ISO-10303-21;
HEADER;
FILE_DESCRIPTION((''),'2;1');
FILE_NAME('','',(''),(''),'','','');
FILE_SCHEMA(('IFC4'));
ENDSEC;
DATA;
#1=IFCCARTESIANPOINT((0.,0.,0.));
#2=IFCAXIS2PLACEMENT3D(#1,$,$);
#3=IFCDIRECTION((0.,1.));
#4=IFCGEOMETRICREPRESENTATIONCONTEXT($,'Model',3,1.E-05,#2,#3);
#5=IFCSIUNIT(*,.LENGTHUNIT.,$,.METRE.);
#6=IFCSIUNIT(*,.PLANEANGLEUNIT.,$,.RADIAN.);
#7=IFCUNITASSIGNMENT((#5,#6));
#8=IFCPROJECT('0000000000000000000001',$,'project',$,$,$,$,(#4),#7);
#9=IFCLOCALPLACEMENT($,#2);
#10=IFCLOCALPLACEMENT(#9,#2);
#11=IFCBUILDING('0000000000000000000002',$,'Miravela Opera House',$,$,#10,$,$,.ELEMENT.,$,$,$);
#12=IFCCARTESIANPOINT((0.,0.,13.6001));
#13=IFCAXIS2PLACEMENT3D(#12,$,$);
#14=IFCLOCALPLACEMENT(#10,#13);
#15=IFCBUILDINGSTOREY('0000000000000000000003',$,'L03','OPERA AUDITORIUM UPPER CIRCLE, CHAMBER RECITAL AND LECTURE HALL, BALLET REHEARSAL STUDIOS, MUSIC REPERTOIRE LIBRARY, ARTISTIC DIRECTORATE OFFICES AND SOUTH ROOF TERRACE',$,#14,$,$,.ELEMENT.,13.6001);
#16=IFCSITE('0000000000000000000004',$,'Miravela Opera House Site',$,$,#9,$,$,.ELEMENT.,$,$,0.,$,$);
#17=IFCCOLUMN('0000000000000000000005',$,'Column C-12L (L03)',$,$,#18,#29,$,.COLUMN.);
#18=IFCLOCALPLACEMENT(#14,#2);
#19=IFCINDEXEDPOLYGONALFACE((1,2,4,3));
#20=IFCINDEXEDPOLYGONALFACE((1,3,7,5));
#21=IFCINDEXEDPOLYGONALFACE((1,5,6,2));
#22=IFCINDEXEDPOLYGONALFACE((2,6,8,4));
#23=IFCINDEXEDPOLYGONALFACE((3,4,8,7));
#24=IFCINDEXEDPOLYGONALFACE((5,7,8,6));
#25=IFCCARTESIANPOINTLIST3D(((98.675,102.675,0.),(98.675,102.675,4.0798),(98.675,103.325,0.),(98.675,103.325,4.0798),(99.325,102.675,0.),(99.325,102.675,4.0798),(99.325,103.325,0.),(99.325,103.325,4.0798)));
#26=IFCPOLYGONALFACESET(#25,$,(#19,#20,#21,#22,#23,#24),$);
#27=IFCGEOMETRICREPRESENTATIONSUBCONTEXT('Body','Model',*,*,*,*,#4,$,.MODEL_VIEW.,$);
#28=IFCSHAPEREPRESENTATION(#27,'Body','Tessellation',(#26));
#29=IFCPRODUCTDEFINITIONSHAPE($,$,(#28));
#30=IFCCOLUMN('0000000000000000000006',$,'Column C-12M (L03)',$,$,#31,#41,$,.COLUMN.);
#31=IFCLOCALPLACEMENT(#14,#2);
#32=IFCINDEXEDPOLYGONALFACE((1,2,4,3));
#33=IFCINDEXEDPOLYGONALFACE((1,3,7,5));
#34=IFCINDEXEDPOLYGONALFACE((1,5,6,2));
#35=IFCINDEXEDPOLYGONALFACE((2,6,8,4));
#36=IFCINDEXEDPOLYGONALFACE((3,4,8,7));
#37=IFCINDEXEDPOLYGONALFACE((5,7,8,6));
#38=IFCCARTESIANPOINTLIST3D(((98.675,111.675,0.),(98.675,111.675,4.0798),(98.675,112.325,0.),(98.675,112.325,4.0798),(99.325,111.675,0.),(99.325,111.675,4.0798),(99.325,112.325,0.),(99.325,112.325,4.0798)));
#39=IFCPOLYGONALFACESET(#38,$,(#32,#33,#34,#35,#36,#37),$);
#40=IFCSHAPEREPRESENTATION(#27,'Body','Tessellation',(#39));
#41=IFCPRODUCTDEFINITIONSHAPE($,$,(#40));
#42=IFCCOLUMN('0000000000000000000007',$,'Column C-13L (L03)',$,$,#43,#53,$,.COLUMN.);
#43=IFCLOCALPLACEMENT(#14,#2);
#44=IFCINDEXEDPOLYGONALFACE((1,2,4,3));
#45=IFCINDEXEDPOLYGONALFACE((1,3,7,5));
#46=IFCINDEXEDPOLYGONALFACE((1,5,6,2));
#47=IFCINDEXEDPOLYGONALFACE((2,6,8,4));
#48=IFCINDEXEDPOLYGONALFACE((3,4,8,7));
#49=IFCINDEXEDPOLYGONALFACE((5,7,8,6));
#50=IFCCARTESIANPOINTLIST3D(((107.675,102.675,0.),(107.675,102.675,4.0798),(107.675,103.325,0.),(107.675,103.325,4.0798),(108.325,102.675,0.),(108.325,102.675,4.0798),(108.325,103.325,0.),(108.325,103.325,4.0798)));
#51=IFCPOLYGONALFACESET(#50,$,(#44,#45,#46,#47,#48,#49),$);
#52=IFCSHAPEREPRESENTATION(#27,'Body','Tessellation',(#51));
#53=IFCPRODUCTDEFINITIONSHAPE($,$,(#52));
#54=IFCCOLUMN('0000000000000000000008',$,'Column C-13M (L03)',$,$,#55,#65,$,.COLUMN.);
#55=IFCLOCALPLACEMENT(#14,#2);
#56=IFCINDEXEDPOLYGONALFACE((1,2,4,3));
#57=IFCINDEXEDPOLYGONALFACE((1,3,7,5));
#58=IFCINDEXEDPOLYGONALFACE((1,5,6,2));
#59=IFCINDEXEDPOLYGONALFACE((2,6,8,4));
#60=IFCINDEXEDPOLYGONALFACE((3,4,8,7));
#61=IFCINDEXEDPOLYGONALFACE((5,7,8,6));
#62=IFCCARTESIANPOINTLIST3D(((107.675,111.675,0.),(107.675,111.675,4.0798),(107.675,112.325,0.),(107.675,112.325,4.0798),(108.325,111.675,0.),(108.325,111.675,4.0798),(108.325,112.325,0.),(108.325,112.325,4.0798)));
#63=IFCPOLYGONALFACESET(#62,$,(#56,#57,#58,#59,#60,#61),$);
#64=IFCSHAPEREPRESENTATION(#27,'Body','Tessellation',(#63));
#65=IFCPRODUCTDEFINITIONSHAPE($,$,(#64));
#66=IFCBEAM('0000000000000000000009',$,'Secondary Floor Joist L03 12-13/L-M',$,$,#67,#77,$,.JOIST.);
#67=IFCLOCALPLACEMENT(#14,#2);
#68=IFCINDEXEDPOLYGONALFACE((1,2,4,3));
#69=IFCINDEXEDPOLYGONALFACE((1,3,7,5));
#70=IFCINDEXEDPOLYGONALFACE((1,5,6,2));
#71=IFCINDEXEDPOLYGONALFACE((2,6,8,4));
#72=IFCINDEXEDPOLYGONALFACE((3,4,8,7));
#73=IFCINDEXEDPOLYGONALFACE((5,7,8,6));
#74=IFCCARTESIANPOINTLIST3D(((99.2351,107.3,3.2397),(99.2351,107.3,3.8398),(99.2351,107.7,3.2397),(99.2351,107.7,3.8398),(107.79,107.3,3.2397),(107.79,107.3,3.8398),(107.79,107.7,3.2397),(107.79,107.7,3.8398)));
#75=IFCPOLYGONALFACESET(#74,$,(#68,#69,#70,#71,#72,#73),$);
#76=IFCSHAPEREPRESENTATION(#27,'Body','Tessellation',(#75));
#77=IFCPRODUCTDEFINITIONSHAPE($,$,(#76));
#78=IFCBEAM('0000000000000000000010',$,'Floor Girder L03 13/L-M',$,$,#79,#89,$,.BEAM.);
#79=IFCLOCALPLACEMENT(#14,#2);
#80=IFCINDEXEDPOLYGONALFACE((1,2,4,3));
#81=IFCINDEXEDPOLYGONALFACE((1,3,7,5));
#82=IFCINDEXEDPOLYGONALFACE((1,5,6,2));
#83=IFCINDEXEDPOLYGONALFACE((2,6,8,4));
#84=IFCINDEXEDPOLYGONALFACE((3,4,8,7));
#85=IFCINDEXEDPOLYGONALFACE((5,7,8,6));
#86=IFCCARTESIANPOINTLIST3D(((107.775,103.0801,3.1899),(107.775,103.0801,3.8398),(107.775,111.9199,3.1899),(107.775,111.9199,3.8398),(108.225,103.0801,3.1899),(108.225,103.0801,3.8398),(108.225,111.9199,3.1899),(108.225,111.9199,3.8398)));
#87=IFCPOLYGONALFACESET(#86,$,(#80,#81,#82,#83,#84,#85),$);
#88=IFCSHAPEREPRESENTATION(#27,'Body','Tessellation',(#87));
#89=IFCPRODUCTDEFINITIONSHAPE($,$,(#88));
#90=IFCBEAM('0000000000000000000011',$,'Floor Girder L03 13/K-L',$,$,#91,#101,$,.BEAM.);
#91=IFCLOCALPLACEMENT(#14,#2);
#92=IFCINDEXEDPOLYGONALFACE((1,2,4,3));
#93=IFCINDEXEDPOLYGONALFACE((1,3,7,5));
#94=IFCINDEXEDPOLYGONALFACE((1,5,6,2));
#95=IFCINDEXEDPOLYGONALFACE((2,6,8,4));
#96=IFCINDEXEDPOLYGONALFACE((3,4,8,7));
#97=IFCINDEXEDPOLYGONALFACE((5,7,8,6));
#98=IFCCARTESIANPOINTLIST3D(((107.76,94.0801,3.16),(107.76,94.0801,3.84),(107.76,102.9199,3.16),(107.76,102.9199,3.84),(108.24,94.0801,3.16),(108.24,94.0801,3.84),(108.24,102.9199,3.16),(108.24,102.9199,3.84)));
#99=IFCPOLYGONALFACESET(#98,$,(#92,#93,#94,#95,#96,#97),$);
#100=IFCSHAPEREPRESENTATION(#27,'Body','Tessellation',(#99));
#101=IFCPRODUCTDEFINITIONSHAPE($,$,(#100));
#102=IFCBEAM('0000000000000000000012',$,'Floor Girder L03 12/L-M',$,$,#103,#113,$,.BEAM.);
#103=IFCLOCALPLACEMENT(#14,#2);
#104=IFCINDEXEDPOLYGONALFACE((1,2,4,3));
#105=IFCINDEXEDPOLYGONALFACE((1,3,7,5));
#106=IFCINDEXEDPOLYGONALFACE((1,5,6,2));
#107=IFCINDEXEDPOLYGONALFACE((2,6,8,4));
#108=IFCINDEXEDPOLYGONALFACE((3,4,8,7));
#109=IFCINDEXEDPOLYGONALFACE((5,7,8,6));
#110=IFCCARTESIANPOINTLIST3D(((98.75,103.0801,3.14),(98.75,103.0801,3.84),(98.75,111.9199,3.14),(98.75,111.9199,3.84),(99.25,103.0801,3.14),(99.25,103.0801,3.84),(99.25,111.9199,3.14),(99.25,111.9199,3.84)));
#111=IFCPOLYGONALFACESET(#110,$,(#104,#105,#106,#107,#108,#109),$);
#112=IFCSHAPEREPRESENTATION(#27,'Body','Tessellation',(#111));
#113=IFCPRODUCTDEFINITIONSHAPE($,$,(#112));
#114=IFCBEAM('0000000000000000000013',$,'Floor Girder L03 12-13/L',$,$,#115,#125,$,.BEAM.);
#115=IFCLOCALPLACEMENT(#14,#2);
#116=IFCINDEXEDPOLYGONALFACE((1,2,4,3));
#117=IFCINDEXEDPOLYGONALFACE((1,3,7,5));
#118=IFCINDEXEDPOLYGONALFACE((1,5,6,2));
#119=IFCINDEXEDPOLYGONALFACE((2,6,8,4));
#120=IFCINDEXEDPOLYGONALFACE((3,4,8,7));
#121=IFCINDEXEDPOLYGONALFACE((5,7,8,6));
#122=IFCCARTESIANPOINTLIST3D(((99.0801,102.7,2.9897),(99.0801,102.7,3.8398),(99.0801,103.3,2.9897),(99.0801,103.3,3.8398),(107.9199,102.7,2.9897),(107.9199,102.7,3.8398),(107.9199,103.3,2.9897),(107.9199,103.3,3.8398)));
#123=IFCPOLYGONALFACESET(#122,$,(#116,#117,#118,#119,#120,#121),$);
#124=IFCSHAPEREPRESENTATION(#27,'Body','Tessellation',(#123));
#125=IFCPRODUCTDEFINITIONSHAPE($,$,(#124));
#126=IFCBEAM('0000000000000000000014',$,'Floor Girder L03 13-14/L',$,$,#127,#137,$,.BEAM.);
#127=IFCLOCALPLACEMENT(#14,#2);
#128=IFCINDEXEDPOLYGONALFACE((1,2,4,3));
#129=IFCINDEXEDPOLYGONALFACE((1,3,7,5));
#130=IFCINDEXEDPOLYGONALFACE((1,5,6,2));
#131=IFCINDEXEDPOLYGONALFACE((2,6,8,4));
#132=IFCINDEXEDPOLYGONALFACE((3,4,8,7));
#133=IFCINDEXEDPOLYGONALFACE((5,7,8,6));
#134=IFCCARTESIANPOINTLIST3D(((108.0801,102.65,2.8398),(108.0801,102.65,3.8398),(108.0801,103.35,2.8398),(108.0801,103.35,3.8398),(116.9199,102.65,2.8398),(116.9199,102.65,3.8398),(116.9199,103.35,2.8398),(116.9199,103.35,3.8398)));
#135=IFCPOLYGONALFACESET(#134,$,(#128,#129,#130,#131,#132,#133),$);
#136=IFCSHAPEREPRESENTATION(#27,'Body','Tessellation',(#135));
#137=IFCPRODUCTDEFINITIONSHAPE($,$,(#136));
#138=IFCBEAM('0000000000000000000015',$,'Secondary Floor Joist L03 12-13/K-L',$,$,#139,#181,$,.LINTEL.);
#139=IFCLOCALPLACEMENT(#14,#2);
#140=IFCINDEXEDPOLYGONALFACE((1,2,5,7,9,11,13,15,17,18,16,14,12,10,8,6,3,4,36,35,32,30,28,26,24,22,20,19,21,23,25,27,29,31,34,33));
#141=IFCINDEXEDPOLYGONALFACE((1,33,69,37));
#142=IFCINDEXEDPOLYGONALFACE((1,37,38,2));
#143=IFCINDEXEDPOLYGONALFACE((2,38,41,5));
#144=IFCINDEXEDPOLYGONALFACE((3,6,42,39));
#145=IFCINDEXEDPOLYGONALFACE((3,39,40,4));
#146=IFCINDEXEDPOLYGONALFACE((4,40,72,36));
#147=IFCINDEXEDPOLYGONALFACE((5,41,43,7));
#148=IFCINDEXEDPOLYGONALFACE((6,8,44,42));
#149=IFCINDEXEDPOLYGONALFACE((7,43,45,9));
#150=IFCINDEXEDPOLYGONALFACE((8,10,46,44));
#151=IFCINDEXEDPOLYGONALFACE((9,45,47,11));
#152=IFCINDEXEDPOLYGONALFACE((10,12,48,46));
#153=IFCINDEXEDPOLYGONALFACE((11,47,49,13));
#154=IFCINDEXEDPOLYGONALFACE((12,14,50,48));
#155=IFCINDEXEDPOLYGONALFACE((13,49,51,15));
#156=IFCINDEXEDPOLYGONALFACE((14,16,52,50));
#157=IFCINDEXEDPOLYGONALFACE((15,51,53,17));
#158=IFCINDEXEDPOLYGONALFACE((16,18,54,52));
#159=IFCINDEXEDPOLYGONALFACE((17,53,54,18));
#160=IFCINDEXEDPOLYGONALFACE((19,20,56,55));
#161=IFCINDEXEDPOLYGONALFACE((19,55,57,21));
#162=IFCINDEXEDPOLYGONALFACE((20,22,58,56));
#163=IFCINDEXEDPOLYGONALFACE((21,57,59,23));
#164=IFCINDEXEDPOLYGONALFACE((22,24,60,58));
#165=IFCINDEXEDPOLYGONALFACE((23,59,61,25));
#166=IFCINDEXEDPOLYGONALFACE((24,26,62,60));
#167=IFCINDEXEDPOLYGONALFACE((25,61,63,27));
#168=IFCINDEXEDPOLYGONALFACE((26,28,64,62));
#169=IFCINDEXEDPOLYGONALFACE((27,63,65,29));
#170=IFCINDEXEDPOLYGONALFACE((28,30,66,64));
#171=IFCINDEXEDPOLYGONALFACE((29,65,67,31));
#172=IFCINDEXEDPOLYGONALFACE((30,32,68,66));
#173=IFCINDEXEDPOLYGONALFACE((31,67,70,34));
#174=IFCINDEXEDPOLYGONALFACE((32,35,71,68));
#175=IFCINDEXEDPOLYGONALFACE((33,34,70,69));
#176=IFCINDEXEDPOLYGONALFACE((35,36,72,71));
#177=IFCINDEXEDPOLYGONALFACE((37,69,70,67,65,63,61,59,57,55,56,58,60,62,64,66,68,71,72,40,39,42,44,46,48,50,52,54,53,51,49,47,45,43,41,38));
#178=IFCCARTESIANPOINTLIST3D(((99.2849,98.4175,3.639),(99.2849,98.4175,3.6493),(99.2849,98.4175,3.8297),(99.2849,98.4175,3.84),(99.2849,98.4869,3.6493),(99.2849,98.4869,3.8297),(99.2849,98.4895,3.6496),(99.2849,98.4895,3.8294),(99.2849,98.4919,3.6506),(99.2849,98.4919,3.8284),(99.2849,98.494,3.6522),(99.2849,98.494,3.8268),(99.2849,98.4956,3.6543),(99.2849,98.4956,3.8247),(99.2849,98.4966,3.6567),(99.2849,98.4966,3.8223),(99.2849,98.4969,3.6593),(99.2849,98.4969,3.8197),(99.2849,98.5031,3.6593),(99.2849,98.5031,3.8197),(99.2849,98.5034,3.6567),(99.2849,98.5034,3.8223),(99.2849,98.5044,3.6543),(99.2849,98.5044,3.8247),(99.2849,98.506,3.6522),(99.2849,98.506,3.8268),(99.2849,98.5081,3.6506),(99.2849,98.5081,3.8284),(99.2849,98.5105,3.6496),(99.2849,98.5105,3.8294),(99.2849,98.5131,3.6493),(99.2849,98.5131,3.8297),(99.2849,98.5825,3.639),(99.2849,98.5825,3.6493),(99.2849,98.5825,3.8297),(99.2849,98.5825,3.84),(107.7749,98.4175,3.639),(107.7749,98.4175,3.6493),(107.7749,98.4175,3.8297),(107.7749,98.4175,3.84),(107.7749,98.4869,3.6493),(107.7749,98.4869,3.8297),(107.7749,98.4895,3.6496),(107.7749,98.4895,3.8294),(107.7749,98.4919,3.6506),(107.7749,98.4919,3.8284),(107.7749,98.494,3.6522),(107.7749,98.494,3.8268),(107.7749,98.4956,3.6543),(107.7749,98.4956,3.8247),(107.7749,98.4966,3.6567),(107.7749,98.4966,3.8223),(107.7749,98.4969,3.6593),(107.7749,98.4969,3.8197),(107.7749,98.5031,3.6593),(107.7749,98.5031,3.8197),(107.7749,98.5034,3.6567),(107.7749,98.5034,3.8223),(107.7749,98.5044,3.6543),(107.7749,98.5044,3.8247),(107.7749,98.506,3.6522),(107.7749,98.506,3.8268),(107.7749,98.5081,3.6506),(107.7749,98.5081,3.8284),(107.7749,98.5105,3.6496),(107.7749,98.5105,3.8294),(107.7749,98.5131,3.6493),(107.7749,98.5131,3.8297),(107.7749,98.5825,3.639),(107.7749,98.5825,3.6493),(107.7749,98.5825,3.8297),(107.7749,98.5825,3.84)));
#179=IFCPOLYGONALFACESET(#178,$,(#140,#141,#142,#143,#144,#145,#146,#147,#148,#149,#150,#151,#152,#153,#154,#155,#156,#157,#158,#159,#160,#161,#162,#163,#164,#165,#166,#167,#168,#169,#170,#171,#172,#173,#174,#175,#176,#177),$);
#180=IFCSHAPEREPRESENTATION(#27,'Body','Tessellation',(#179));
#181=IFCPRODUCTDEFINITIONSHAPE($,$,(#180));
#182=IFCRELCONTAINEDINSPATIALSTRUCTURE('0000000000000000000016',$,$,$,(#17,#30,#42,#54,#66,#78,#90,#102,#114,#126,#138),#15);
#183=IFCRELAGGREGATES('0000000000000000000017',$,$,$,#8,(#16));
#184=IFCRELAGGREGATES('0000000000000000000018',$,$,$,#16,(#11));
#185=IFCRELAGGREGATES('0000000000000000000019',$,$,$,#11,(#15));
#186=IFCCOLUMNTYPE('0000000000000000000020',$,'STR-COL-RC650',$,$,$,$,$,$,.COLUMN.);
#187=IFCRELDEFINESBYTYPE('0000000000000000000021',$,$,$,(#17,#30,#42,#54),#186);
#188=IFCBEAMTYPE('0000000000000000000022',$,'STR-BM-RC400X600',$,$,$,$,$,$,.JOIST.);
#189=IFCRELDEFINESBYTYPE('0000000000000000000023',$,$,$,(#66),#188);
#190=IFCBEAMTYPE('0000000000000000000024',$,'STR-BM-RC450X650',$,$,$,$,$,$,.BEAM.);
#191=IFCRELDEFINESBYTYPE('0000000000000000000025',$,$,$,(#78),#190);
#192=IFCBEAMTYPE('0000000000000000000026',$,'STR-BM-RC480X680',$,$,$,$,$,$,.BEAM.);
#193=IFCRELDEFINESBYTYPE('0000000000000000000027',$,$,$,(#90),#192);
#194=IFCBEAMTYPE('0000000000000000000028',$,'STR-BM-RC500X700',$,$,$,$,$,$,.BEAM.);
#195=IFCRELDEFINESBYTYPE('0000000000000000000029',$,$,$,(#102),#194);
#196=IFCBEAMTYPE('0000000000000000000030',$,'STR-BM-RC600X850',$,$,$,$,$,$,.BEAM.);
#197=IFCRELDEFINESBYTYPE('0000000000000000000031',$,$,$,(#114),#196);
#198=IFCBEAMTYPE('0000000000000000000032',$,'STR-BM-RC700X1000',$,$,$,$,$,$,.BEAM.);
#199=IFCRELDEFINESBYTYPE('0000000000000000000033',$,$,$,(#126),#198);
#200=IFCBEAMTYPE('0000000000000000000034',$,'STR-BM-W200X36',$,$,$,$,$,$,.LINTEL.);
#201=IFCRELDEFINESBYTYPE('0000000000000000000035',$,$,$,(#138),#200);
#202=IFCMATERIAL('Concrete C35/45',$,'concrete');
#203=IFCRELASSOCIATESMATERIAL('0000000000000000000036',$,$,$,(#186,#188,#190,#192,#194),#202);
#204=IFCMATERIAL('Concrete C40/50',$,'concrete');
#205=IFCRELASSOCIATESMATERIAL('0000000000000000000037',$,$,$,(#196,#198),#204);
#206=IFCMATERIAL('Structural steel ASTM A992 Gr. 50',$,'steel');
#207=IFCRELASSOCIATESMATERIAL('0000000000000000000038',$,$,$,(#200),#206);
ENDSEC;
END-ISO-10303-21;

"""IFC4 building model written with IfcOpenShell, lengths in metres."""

from ifc_helpers import new_model, si_unit, direction, frame, origin, origin_2d, place, context, subcontext, project, spatial, rectangle, i_section, extrude, material, material_profile, profile_set, type_object, element, save


model = new_model("IFC4")

# Units and contexts
model_context = context("Model", 3, precision=1e-05, world=origin(), true_north=direction((0.0, 1.0)))
body_context = subcontext(model_context, "Body", "Model", "MODEL_VIEW")
ifc_project = project(units=[si_unit("LENGTHUNIT", "METRE"), si_unit("PLANEANGLEUNIT", "RADIAN")], contexts=[model_context])

# Site, building, storey
site_placement = place(None, origin())
site = spatial("IfcSite", under=ifc_project, at=site_placement, Name="Miravela Opera House Site", CompositionType="ELEMENT", RefElevation=0.0)
building_placement = place(site_placement, origin())
building = spatial("IfcBuilding", under=site, at=building_placement, Name="Miravela Opera House", CompositionType="ELEMENT")
storey_placement = place(building_placement, frame((0.0, 0.0, 13.6001)))
storey = spatial("IfcBuildingStorey", under=building, at=storey_placement, Name="L03", Description="OPERA AUDITORIUM UPPER CIRCLE, CHAMBER RECITAL AND LECTURE HALL, BALLET REHEARSAL STUDIOS, MUSIC REPERTOIRE LIBRARY, ARTISTIC DIRECTORATE OFFICES AND SOUTH ROOF TERRACE", CompositionType="ELEMENT", Elevation=13.6001)

# Columns
ifc_material_1 = material(Name="Concrete C35/45", Category="concrete")
ifc_material_profile_1 = material_profile(ifc_material_1, rectangle(XDim=0.6499, YDim=0.6499, at=origin_2d()), Name="RC-COL-650X650")
ifc_profile_set_1 = profile_set([ifc_material_profile_1])
column_type = type_object("IfcColumnType", Name="STR-COL-RC650", PredefinedType="COLUMN", material=ifc_profile_set_1)
for number, where, z_axis, x_axis, name in (
    (1, (99.0, 103.0, 0.0), (0.0, 0.0, 1.0), (1.0, 0.0, 0.0), "Column C-12L (L03)"),
    (2, (99.0, 112.0, 0.0), (0.0, 0.0, 1.0), (1.0, 0.0, 0.0), "Column C-12M (L03)"),
    (3, (108.0, 103.0, 0.0), (0.0, 0.0, 1.0), (1.0, 0.0, 0.0), "Column C-13L (L03)"),
    (4, (108.0, 112.0, 0.0), (0.0, 0.0, 1.0), (1.0, 0.0, 0.0), "Column C-13M (L03)"),
):
    element("IfcColumn", number, at=place(storey_placement, frame(where, z_axis=z_axis, x_axis=x_axis)), inside=storey, type_object=column_type, Name=name, PredefinedType="COLUMN", context=body_context, shape_type="SweptSolid", body=[
        extrude(rectangle(XDim=0.6499, YDim=0.6499, at=origin_2d()), origin(), (0.0, 0.0, 1.0), 4.0798),
    ])

# Beams
ifc_material_profile_2 = material_profile(ifc_material_1, rectangle(XDim=0.3999, YDim=0.6001, at=origin_2d()), Name="RC-BM-400X600")
ifc_profile_set_2 = profile_set([ifc_material_profile_2])
beam_type_1 = type_object("IfcBeamType", Name="STR-BM-RC400X600", PredefinedType="JOIST", material=ifc_profile_set_2)
beam_1_placement = place(storey_placement, frame((99.2351, 107.5, 3.5398), z_axis=(1.0, 0.0, 0.0), x_axis=(0.0, 1.0, 0.0)))
element("IfcBeam", 5, at=beam_1_placement, inside=storey, type_object=beam_type_1, Name="Secondary Floor Joist L03 12-13/L-M", PredefinedType="JOIST", context=body_context, shape_type="SweptSolid", body=[
    extrude(rectangle(XDim=0.3999, YDim=0.6001, at=origin_2d()), origin(), (0.0, 0.0, 1.0), 8.5549),
])
ifc_material_profile_3 = material_profile(ifc_material_1, rectangle(XDim=0.45, YDim=0.6499, at=origin_2d()), Name="RC-BM-450X650")
ifc_profile_set_3 = profile_set([ifc_material_profile_3])
beam_type_2 = type_object("IfcBeamType", Name="STR-BM-RC450X650", PredefinedType="BEAM", material=ifc_profile_set_3)
beam_2_placement = place(storey_placement, frame((108.0, 103.0801, 3.5149), z_axis=(0.0, 1.0, 0.0), x_axis=(-1.0, 0.0, 0.0)))
element("IfcBeam", 6, at=beam_2_placement, inside=storey, type_object=beam_type_2, Name="Floor Girder L03 13/L-M", PredefinedType="BEAM", context=body_context, shape_type="SweptSolid", body=[
    extrude(rectangle(XDim=0.45, YDim=0.6499, at=origin_2d()), origin(), (0.0, 0.0, 1.0), 8.8398),
])
ifc_material_profile_4 = material_profile(ifc_material_1, rectangle(XDim=0.48, YDim=0.6799, at=origin_2d()), Name="RC-BM-480X680")
ifc_profile_set_4 = profile_set([ifc_material_profile_4])
beam_type_3 = type_object("IfcBeamType", Name="STR-BM-RC480X680", PredefinedType="BEAM", material=ifc_profile_set_4)
beam_3_placement = place(storey_placement, frame((108.0, 94.0801, 3.5), z_axis=(0.0, 1.0, 0.0), x_axis=(-1.0, 0.0, 0.0)))
element("IfcBeam", 7, at=beam_3_placement, inside=storey, type_object=beam_type_3, Name="Floor Girder L03 13/K-L", PredefinedType="BEAM", context=body_context, shape_type="SweptSolid", body=[
    extrude(rectangle(XDim=0.48, YDim=0.6799, at=origin_2d()), origin(), (0.0, 0.0, 1.0), 8.8398),
])
ifc_material_profile_5 = material_profile(ifc_material_1, rectangle(XDim=0.5, YDim=0.7, at=origin_2d()), Name="RC-BM-500X700")
ifc_profile_set_5 = profile_set([ifc_material_profile_5])
beam_type_4 = type_object("IfcBeamType", Name="STR-BM-RC500X700", PredefinedType="BEAM", material=ifc_profile_set_5)
beam_4_placement = place(storey_placement, frame((99.0, 103.0801, 3.49), z_axis=(0.0, 1.0, 0.0), x_axis=(-1.0, 0.0, 0.0)))
element("IfcBeam", 8, at=beam_4_placement, inside=storey, type_object=beam_type_4, Name="Floor Girder L03 12/L-M", PredefinedType="BEAM", context=body_context, shape_type="SweptSolid", body=[
    extrude(rectangle(XDim=0.5, YDim=0.7, at=origin_2d()), origin(), (0.0, 0.0, 1.0), 8.8398),
])
ifc_material_2 = material(Name="Concrete C40/50", Category="concrete")
ifc_material_profile_6 = material_profile(ifc_material_2, rectangle(XDim=0.6001, YDim=0.8501, at=origin_2d()), Name="RC-BM-600X850")
ifc_profile_set_6 = profile_set([ifc_material_profile_6])
beam_type_5 = type_object("IfcBeamType", Name="STR-BM-RC600X850", PredefinedType="BEAM", material=ifc_profile_set_6)
beam_5_placement = place(storey_placement, frame((99.0801, 103.0, 3.4148), z_axis=(1.0, 0.0, 0.0), x_axis=(0.0, 1.0, 0.0)))
element("IfcBeam", 9, at=beam_5_placement, inside=storey, type_object=beam_type_5, Name="Floor Girder L03 12-13/L", PredefinedType="BEAM", context=body_context, shape_type="SweptSolid", body=[
    extrude(rectangle(XDim=0.6001, YDim=0.8501, at=origin_2d()), origin(), (0.0, 0.0, 1.0), 8.8398),
])
ifc_material_profile_7 = material_profile(ifc_material_2, rectangle(XDim=0.7, YDim=1.0, at=origin_2d()), Name="RC-BM-700X1000")
ifc_profile_set_7 = profile_set([ifc_material_profile_7])
beam_type_6 = type_object("IfcBeamType", Name="STR-BM-RC700X1000", PredefinedType="BEAM", material=ifc_profile_set_7)
beam_6_placement = place(storey_placement, frame((108.0801, 103.0, 3.3398), z_axis=(1.0, 0.0, 0.0), x_axis=(0.0, 1.0, 0.0)))
element("IfcBeam", 10, at=beam_6_placement, inside=storey, type_object=beam_type_6, Name="Floor Girder L03 13-14/L", PredefinedType="BEAM", context=body_context, shape_type="SweptSolid", body=[
    extrude(rectangle(XDim=0.7, YDim=1.0, at=origin_2d()), origin(), (0.0, 0.0, 1.0), 8.8398),
])
ifc_material_3 = material(Name="Structural steel ASTM A992 Gr. 50", Category="steel")
ifc_material_profile_8 = material_profile(ifc_material_3, i_section(OverallWidth=0.165, OverallDepth=0.2009, WebThickness=0.0061, FlangeThickness=0.0103, FilletRadius=0.01, at=origin_2d()), Name="W200X36")
ifc_profile_set_8 = profile_set([ifc_material_profile_8])
beam_type_7 = type_object("IfcBeamType", Name="STR-BM-W200X36", PredefinedType="LINTEL", material=ifc_profile_set_8)
beam_7_placement = place(storey_placement, frame((99.2849, 98.5, 3.7395), z_axis=(1.0, 0.0, 0.0), x_axis=(0.0, 1.0, 0.0)))
element("IfcBeam", 11, at=beam_7_placement, inside=storey, type_object=beam_type_7, Name="Secondary Floor Joist L03 12-13/K-L", PredefinedType="LINTEL", context=body_context, shape_type="SweptSolid", body=[
    extrude(i_section(OverallWidth=0.165, OverallDepth=0.2009, WebThickness=0.0061, FlangeThickness=0.0103, FilletRadius=0.01, at=origin_2d()), origin(), (0.0, 0.0, 1.0), 8.49),
])

save(model, "model.ifc")
